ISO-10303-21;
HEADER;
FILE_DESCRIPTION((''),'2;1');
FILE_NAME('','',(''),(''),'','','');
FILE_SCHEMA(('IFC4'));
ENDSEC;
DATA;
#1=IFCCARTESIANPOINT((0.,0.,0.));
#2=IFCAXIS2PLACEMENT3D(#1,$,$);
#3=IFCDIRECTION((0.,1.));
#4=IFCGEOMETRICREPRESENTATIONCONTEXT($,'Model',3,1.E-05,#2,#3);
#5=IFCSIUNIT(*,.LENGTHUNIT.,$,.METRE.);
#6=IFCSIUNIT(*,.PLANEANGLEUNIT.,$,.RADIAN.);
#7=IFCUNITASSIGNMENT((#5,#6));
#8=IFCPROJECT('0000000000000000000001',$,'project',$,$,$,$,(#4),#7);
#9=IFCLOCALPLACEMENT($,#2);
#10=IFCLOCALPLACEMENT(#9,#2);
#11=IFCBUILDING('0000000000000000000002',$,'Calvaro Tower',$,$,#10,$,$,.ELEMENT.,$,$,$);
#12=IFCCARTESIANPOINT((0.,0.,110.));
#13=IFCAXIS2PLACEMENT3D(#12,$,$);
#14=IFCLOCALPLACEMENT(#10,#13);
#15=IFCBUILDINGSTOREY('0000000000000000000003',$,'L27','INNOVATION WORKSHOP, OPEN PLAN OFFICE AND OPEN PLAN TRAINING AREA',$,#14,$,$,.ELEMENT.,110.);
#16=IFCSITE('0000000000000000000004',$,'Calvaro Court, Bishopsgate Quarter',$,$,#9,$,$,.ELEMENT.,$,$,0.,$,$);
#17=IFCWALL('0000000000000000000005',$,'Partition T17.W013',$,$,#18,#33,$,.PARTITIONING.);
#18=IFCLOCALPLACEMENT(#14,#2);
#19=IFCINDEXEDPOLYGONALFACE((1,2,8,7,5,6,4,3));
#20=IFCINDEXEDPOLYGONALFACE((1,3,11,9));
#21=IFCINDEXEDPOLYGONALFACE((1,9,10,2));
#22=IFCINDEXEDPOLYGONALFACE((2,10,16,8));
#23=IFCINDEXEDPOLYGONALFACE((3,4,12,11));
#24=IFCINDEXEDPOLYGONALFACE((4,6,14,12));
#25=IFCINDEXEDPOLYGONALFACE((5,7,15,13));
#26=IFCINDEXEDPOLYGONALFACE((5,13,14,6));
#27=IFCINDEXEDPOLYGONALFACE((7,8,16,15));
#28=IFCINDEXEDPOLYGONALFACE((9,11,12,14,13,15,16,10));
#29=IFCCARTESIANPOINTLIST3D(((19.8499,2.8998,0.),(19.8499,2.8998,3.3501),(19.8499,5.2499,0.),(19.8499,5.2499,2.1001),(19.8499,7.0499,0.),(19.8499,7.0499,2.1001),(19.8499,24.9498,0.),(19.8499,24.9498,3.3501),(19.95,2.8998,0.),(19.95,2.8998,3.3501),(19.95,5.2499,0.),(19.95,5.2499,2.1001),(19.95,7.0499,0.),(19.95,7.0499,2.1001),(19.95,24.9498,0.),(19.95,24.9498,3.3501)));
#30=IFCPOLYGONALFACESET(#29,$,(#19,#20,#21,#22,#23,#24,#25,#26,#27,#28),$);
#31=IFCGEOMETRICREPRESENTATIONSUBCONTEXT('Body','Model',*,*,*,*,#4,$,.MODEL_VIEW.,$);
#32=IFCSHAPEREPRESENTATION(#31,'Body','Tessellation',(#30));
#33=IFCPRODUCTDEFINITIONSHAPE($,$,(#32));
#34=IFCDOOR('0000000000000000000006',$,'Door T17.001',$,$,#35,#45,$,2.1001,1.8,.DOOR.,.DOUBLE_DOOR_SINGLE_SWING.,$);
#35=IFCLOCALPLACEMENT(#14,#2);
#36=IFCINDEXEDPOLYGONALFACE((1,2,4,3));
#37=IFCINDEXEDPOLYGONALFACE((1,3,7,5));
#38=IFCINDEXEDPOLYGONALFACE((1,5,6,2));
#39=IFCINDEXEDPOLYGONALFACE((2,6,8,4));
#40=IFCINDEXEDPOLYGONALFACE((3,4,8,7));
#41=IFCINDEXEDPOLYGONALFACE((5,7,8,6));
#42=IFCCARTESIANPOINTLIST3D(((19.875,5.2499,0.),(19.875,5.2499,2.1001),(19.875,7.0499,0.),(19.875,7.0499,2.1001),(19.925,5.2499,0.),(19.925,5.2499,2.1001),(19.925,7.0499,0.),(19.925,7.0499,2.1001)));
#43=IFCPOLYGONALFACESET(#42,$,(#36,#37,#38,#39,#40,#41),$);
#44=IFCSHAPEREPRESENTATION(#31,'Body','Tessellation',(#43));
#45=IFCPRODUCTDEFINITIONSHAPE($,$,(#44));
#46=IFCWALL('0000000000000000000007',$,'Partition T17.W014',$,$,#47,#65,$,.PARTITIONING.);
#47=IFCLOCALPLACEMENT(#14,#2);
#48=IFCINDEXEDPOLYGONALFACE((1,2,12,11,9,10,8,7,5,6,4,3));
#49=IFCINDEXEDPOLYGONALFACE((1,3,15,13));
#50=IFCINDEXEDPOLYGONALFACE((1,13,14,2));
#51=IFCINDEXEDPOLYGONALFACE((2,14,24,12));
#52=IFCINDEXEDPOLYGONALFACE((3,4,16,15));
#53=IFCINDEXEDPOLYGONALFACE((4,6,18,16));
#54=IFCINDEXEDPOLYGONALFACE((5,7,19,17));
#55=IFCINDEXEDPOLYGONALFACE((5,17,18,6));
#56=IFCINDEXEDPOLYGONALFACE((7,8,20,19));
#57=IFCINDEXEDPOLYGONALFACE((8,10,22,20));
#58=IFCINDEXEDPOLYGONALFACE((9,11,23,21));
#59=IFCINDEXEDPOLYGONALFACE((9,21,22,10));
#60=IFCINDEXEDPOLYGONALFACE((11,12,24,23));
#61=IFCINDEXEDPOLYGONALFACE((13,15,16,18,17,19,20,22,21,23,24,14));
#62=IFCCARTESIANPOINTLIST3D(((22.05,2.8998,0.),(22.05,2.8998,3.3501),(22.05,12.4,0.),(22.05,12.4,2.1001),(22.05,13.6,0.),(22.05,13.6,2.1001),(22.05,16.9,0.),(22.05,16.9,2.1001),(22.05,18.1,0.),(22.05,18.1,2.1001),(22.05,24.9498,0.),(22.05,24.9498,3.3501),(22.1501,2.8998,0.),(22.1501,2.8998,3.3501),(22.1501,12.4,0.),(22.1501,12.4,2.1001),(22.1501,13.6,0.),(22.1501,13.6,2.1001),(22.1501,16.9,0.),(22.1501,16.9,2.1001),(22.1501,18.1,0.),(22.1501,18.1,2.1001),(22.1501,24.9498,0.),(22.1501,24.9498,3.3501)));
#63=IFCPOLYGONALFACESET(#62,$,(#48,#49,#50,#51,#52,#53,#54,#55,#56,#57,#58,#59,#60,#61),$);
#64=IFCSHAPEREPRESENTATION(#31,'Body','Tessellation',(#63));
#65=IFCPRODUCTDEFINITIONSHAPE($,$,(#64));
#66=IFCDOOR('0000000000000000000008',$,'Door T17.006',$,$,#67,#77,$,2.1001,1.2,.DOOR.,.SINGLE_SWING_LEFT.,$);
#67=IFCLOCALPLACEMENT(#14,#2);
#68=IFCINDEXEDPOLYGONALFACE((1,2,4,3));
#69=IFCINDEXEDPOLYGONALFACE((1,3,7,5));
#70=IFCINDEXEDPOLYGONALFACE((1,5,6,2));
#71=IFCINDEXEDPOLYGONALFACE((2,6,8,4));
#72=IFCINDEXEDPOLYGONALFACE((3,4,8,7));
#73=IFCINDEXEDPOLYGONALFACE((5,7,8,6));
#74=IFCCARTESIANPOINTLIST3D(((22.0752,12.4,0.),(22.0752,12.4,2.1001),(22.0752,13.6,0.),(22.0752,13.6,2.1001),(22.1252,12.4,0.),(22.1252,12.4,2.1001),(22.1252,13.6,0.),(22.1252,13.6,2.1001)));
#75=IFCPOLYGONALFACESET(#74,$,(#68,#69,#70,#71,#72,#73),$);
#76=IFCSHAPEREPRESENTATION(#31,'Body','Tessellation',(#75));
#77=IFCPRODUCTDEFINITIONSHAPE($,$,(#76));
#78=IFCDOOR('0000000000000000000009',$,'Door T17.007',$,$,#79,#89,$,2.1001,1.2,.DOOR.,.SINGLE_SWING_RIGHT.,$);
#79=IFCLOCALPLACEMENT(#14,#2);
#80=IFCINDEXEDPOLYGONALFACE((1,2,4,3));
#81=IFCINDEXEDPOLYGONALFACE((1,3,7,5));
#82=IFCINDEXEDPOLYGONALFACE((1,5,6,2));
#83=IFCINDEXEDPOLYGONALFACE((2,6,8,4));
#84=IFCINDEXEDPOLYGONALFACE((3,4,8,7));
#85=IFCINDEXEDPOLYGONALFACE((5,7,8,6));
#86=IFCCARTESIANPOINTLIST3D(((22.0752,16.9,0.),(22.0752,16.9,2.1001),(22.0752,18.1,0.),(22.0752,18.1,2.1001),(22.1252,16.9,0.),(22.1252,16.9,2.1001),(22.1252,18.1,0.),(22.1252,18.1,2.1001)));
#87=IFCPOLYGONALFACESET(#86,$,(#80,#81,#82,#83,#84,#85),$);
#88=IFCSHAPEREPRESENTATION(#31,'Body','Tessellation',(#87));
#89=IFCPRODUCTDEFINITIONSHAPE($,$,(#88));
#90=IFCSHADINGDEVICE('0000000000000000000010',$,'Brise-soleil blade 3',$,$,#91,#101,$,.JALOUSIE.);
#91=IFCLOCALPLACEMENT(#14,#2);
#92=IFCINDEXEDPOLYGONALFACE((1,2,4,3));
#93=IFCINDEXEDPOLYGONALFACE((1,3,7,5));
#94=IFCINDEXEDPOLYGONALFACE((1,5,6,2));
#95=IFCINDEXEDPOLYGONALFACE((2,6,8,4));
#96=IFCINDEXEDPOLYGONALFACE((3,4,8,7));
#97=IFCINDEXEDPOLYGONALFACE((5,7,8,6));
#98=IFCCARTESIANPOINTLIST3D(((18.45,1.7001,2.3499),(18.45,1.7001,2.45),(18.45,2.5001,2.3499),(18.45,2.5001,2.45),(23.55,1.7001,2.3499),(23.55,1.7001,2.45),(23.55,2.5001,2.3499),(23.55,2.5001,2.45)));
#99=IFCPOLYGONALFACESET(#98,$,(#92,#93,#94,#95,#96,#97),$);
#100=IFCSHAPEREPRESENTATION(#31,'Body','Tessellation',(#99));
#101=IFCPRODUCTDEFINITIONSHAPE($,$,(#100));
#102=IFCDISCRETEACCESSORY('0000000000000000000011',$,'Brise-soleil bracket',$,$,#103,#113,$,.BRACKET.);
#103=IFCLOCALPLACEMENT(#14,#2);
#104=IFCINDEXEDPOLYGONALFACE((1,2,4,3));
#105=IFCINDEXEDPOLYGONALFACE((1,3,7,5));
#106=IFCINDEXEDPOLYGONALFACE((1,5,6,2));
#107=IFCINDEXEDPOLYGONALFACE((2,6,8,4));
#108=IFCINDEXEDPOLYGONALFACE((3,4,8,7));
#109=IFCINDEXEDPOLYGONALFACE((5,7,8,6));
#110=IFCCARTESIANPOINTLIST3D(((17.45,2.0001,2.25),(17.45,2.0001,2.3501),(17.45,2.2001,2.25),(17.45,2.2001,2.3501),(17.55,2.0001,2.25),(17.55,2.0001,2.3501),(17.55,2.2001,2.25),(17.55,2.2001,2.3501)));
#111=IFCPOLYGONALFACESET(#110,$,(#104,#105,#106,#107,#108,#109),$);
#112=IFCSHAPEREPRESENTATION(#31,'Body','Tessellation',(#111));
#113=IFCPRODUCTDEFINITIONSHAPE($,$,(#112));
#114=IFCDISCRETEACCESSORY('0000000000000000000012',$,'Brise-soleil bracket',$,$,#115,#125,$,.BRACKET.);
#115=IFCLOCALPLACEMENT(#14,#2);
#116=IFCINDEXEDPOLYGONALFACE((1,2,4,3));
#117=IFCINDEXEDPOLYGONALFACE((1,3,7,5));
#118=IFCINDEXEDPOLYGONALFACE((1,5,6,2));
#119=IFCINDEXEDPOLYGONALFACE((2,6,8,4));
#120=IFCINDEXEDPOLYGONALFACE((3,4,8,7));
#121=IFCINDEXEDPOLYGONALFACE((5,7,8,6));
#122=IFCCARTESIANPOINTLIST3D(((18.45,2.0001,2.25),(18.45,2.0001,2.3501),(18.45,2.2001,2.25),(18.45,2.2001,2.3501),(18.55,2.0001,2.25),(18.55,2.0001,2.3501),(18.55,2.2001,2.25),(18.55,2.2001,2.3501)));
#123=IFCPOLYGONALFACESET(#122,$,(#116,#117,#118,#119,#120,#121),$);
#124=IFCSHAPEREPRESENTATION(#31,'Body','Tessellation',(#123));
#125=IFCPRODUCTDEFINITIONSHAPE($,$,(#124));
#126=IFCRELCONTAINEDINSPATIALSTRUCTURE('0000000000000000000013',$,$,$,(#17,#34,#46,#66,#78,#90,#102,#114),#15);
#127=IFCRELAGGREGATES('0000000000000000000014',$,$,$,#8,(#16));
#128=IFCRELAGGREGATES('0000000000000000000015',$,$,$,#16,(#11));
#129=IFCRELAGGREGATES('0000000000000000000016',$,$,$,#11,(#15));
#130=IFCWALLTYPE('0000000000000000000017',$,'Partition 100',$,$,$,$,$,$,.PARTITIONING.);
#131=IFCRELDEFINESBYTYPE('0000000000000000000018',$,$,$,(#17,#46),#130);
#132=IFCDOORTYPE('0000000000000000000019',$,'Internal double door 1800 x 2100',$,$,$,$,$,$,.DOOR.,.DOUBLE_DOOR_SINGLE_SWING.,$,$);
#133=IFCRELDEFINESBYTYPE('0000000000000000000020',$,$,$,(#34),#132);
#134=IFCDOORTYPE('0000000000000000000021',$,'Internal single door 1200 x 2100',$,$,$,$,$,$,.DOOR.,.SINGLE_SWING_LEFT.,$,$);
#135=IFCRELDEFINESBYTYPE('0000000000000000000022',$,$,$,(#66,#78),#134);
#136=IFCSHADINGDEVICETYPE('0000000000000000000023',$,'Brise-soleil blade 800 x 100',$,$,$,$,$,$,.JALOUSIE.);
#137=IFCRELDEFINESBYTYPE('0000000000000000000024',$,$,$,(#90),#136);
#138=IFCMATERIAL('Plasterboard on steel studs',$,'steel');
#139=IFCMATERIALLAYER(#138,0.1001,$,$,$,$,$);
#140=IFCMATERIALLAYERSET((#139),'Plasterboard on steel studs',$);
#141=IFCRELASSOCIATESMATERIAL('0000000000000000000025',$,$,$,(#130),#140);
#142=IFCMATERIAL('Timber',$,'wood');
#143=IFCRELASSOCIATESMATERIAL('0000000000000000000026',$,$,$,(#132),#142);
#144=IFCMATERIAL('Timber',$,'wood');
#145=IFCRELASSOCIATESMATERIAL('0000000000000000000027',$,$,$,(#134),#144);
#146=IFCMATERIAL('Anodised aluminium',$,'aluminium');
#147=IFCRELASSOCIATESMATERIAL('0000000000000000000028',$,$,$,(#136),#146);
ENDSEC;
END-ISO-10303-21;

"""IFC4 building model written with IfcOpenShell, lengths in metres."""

from ifc_helpers import new_model, si_unit, direction, frame, frame_2d, origin, origin_2d, place, context, subcontext, project, spatial, rectangle, extrude, material, layer, layer_set, material_profile, profile_set, type_object, element, fill, save


model = new_model("IFC4")

# Units and contexts
model_context = context("Model", 3, precision=1e-05, world=origin(), true_north=direction((0.0, 1.0)))
body_context = subcontext(model_context, "Body", "Model", "MODEL_VIEW")
ifc_project = project(units=[si_unit("LENGTHUNIT", "METRE"), si_unit("PLANEANGLEUNIT", "RADIAN")], contexts=[model_context])

# Site, building, storey
site_placement = place(None, origin())
site = spatial("IfcSite", under=ifc_project, at=site_placement, Name="Calvaro Court, Bishopsgate Quarter", CompositionType="ELEMENT", RefElevation=0.0)
building_placement = place(site_placement, origin())
building = spatial("IfcBuilding", under=site, at=building_placement, Name="Calvaro Tower", CompositionType="ELEMENT")
storey_placement = place(building_placement, frame((0.0, 0.0, 110.0)))
storey = spatial("IfcBuildingStorey", under=building, at=storey_placement, Name="L27", Description="INNOVATION WORKSHOP, OPEN PLAN OFFICE AND OPEN PLAN TRAINING AREA", CompositionType="ELEMENT", Elevation=110.0)

# Wall, opening, door
ifc_material_1 = material(Name="Plasterboard on steel studs", Category="steel")
ifc_layer_1 = layer(ifc_material_1, 0.1001)
ifc_layer_set_1 = layer_set([ifc_layer_1], Name="Plasterboard on steel studs")
wall_type = type_object("IfcWallType", Name="Partition 100", PredefinedType="PARTITIONING", material=ifc_layer_set_1)
wall_1_placement = place(storey_placement, frame((19.8999, 2.8999, 0.0), z_axis=(0.0, 0.0, 1.0), x_axis=(0.0, 1.0, 0.0)))
wall_1 = element("IfcWall", 1, at=wall_1_placement, inside=storey, type_object=wall_type, Name="Partition T17.W013", PredefinedType="PARTITIONING", context=body_context, shape_type="SweptSolid", body=[
    extrude(rectangle(XDim=22.05, YDim=0.1001, at=frame_2d((11.0249, 0.0))), origin(), (0.0, 0.0, 1.0), 3.3501),
])
opening_1_placement = place(wall_1_placement, frame((2.3501, 0.0, 0.0)))
opening_1 = element("IfcOpeningElement", 2, at=opening_1_placement, cuts=wall_1, PredefinedType="OPENING", context=body_context, shape_type="SweptSolid", body=[
    extrude(rectangle(XDim=1.8, YDim=2.1001, at=frame_2d((0.8999, 1.05))), frame((0.0, 0.0601, 0.0), z_axis=(0.0, -1.0, 0.0), x_axis=(1.0, 0.0, 0.0)), (0.0, 0.0, 1.0), 0.1201),
])
ifc_material_2 = material(Name="Timber", Category="wood")
door_type_1 = type_object("IfcDoorType", Name="Internal double door 1800 x 2100", OperationType="DOUBLE_DOOR_SINGLE_SWING", PredefinedType="DOOR", material=ifc_material_2)
door_1_placement = place(opening_1_placement, origin())
door_1 = element("IfcDoor", 3, at=door_1_placement, inside=storey, type_object=door_type_1, Name="Door T17.001", OperationType="DOUBLE_DOOR_SINGLE_SWING", OverallHeight=2.1001, OverallWidth=1.8, PredefinedType="DOOR", context=body_context, shape_type="SweptSolid", body=[
    extrude(rectangle(XDim=1.8, YDim=2.1001, at=frame_2d((0.8999, 1.05))), frame((0.0, 0.0249, 0.0), z_axis=(0.0, -1.0, 0.0), x_axis=(1.0, 0.0, 0.0)), (0.0, 0.0, 1.0), 0.05),
])
fill(opening_1, door_1)

# Wall, openings, doors
wall_2_placement = place(storey_placement, frame((22.1001, 2.8999, 0.0), z_axis=(0.0, 0.0, 1.0), x_axis=(0.0, 1.0, 0.0)))
wall_2 = element("IfcWall", 4, at=wall_2_placement, inside=storey, type_object=wall_type, Name="Partition T17.W014", PredefinedType="PARTITIONING", context=body_context, shape_type="SweptSolid", body=[
    extrude(rectangle(XDim=22.05, YDim=0.1001, at=frame_2d((11.0249, 0.0))), origin(), (0.0, 0.0, 1.0), 3.3501),
])
opening_2_placement = place(wall_2_placement, frame((9.5, 0.0, 0.0)))
opening_2 = element("IfcOpeningElement", 5, at=opening_2_placement, cuts=wall_2, PredefinedType="OPENING", context=body_context, shape_type="SweptSolid", body=[
    extrude(rectangle(XDim=1.2, YDim=2.1001, at=frame_2d((0.6001, 1.05))), frame((0.0, 0.0601, 0.0), z_axis=(0.0, -1.0, 0.0), x_axis=(1.0, 0.0, 0.0)), (0.0, 0.0, 1.0), 0.1201),
])
opening_3_placement = place(wall_2_placement, frame((14.0, 0.0, 0.0)))
opening_3 = element("IfcOpeningElement", 6, at=opening_3_placement, cuts=wall_2, PredefinedType="OPENING", context=body_context, shape_type="SweptSolid", body=[
    extrude(rectangle(XDim=1.2, YDim=2.1001, at=frame_2d((0.6001, 1.05))), frame((0.0, 0.0601, 0.0), z_axis=(0.0, -1.0, 0.0), x_axis=(1.0, 0.0, 0.0)), (0.0, 0.0, 1.0), 0.1201),
])
ifc_material_3 = material(Name="Timber", Category="wood")
door_type_2 = type_object("IfcDoorType", Name="Internal single door 1200 x 2100", OperationType="SINGLE_SWING_LEFT", PredefinedType="DOOR", material=ifc_material_3)
door_2_placement = place(opening_2_placement, origin())
door_2 = element("IfcDoor", 7, at=door_2_placement, inside=storey, type_object=door_type_2, Name="Door T17.006", OperationType="SINGLE_SWING_LEFT", OverallHeight=2.1001, OverallWidth=1.2, PredefinedType="DOOR", context=body_context, shape_type="SweptSolid", body=[
    extrude(rectangle(XDim=1.2, YDim=2.1001, at=frame_2d((0.6001, 1.05))), frame((0.0, 0.0249, 0.0), z_axis=(0.0, -1.0, 0.0), x_axis=(1.0, 0.0, 0.0)), (0.0, 0.0, 1.0), 0.05),
])
fill(opening_2, door_2)
door_3_placement = place(opening_3_placement, origin())
door_3 = element("IfcDoor", 8, at=door_3_placement, inside=storey, type_object=door_type_2, Name="Door T17.007", OperationType="SINGLE_SWING_RIGHT", OverallHeight=2.1001, OverallWidth=1.2, PredefinedType="DOOR", context=body_context, shape_type="SweptSolid", body=[
    extrude(rectangle(XDim=1.2, YDim=2.1001, at=frame_2d((0.6001, 1.05))), frame((0.0, 0.0249, 0.0), z_axis=(0.0, -1.0, 0.0), x_axis=(1.0, 0.0, 0.0)), (0.0, 0.0, 1.0), 0.05),
])
fill(opening_3, door_3)

# Shading device
ifc_material_4 = material(Name="Anodised aluminium", Category="aluminium")
ifc_material_profile_1 = material_profile(ifc_material_4, rectangle(XDim=0.8, YDim=0.1001, at=origin_2d()), Name="Brise-soleil blade 800 x 100")
ifc_profile_set_1 = profile_set([ifc_material_profile_1], Name="Anodised aluminium")
shading_device_type = type_object("IfcShadingDeviceType", Name="Brise-soleil blade 800 x 100", PredefinedType="JALOUSIE", material=ifc_profile_set_1)
shading_device_placement = place(storey_placement, frame((18.45, 2.1001, 2.3999), z_axis=(1.0, 0.0, 0.0), x_axis=(0.0, 1.0, 0.0)))
element("IfcShadingDevice", 9, at=shading_device_placement, inside=storey, type_object=shading_device_type, Name="Brise-soleil blade 3", PredefinedType="JALOUSIE", context=body_context, shape_type="SweptSolid", body=[
    extrude(rectangle(XDim=0.8, YDim=0.1001, at=origin_2d()), origin(), (0.0, 0.0, 1.0), 5.1001),
])

# Discrete accessories
for number, where, z_axis, x_axis, name in (
    (10, (17.5, 2.1001, 2.25), (0.0, 0.0, 1.0), (1.0, 0.0, 0.0), "Brise-soleil bracket"),
    (11, (18.5, 2.1001, 2.25), (0.0, 0.0, 1.0), (1.0, 0.0, 0.0), "Brise-soleil bracket"),
):
    element("IfcDiscreteAccessory", number, at=place(storey_placement, frame(where, z_axis=z_axis, x_axis=x_axis)), inside=storey, Name=name, PredefinedType="BRACKET", context=body_context, shape_type="SweptSolid", body=[
        extrude(rectangle(XDim=0.1001, YDim=0.2, at=origin_2d()), origin(), (0.0, 0.0, 1.0), 0.1001),
    ])

save(model, "model.ifc")
